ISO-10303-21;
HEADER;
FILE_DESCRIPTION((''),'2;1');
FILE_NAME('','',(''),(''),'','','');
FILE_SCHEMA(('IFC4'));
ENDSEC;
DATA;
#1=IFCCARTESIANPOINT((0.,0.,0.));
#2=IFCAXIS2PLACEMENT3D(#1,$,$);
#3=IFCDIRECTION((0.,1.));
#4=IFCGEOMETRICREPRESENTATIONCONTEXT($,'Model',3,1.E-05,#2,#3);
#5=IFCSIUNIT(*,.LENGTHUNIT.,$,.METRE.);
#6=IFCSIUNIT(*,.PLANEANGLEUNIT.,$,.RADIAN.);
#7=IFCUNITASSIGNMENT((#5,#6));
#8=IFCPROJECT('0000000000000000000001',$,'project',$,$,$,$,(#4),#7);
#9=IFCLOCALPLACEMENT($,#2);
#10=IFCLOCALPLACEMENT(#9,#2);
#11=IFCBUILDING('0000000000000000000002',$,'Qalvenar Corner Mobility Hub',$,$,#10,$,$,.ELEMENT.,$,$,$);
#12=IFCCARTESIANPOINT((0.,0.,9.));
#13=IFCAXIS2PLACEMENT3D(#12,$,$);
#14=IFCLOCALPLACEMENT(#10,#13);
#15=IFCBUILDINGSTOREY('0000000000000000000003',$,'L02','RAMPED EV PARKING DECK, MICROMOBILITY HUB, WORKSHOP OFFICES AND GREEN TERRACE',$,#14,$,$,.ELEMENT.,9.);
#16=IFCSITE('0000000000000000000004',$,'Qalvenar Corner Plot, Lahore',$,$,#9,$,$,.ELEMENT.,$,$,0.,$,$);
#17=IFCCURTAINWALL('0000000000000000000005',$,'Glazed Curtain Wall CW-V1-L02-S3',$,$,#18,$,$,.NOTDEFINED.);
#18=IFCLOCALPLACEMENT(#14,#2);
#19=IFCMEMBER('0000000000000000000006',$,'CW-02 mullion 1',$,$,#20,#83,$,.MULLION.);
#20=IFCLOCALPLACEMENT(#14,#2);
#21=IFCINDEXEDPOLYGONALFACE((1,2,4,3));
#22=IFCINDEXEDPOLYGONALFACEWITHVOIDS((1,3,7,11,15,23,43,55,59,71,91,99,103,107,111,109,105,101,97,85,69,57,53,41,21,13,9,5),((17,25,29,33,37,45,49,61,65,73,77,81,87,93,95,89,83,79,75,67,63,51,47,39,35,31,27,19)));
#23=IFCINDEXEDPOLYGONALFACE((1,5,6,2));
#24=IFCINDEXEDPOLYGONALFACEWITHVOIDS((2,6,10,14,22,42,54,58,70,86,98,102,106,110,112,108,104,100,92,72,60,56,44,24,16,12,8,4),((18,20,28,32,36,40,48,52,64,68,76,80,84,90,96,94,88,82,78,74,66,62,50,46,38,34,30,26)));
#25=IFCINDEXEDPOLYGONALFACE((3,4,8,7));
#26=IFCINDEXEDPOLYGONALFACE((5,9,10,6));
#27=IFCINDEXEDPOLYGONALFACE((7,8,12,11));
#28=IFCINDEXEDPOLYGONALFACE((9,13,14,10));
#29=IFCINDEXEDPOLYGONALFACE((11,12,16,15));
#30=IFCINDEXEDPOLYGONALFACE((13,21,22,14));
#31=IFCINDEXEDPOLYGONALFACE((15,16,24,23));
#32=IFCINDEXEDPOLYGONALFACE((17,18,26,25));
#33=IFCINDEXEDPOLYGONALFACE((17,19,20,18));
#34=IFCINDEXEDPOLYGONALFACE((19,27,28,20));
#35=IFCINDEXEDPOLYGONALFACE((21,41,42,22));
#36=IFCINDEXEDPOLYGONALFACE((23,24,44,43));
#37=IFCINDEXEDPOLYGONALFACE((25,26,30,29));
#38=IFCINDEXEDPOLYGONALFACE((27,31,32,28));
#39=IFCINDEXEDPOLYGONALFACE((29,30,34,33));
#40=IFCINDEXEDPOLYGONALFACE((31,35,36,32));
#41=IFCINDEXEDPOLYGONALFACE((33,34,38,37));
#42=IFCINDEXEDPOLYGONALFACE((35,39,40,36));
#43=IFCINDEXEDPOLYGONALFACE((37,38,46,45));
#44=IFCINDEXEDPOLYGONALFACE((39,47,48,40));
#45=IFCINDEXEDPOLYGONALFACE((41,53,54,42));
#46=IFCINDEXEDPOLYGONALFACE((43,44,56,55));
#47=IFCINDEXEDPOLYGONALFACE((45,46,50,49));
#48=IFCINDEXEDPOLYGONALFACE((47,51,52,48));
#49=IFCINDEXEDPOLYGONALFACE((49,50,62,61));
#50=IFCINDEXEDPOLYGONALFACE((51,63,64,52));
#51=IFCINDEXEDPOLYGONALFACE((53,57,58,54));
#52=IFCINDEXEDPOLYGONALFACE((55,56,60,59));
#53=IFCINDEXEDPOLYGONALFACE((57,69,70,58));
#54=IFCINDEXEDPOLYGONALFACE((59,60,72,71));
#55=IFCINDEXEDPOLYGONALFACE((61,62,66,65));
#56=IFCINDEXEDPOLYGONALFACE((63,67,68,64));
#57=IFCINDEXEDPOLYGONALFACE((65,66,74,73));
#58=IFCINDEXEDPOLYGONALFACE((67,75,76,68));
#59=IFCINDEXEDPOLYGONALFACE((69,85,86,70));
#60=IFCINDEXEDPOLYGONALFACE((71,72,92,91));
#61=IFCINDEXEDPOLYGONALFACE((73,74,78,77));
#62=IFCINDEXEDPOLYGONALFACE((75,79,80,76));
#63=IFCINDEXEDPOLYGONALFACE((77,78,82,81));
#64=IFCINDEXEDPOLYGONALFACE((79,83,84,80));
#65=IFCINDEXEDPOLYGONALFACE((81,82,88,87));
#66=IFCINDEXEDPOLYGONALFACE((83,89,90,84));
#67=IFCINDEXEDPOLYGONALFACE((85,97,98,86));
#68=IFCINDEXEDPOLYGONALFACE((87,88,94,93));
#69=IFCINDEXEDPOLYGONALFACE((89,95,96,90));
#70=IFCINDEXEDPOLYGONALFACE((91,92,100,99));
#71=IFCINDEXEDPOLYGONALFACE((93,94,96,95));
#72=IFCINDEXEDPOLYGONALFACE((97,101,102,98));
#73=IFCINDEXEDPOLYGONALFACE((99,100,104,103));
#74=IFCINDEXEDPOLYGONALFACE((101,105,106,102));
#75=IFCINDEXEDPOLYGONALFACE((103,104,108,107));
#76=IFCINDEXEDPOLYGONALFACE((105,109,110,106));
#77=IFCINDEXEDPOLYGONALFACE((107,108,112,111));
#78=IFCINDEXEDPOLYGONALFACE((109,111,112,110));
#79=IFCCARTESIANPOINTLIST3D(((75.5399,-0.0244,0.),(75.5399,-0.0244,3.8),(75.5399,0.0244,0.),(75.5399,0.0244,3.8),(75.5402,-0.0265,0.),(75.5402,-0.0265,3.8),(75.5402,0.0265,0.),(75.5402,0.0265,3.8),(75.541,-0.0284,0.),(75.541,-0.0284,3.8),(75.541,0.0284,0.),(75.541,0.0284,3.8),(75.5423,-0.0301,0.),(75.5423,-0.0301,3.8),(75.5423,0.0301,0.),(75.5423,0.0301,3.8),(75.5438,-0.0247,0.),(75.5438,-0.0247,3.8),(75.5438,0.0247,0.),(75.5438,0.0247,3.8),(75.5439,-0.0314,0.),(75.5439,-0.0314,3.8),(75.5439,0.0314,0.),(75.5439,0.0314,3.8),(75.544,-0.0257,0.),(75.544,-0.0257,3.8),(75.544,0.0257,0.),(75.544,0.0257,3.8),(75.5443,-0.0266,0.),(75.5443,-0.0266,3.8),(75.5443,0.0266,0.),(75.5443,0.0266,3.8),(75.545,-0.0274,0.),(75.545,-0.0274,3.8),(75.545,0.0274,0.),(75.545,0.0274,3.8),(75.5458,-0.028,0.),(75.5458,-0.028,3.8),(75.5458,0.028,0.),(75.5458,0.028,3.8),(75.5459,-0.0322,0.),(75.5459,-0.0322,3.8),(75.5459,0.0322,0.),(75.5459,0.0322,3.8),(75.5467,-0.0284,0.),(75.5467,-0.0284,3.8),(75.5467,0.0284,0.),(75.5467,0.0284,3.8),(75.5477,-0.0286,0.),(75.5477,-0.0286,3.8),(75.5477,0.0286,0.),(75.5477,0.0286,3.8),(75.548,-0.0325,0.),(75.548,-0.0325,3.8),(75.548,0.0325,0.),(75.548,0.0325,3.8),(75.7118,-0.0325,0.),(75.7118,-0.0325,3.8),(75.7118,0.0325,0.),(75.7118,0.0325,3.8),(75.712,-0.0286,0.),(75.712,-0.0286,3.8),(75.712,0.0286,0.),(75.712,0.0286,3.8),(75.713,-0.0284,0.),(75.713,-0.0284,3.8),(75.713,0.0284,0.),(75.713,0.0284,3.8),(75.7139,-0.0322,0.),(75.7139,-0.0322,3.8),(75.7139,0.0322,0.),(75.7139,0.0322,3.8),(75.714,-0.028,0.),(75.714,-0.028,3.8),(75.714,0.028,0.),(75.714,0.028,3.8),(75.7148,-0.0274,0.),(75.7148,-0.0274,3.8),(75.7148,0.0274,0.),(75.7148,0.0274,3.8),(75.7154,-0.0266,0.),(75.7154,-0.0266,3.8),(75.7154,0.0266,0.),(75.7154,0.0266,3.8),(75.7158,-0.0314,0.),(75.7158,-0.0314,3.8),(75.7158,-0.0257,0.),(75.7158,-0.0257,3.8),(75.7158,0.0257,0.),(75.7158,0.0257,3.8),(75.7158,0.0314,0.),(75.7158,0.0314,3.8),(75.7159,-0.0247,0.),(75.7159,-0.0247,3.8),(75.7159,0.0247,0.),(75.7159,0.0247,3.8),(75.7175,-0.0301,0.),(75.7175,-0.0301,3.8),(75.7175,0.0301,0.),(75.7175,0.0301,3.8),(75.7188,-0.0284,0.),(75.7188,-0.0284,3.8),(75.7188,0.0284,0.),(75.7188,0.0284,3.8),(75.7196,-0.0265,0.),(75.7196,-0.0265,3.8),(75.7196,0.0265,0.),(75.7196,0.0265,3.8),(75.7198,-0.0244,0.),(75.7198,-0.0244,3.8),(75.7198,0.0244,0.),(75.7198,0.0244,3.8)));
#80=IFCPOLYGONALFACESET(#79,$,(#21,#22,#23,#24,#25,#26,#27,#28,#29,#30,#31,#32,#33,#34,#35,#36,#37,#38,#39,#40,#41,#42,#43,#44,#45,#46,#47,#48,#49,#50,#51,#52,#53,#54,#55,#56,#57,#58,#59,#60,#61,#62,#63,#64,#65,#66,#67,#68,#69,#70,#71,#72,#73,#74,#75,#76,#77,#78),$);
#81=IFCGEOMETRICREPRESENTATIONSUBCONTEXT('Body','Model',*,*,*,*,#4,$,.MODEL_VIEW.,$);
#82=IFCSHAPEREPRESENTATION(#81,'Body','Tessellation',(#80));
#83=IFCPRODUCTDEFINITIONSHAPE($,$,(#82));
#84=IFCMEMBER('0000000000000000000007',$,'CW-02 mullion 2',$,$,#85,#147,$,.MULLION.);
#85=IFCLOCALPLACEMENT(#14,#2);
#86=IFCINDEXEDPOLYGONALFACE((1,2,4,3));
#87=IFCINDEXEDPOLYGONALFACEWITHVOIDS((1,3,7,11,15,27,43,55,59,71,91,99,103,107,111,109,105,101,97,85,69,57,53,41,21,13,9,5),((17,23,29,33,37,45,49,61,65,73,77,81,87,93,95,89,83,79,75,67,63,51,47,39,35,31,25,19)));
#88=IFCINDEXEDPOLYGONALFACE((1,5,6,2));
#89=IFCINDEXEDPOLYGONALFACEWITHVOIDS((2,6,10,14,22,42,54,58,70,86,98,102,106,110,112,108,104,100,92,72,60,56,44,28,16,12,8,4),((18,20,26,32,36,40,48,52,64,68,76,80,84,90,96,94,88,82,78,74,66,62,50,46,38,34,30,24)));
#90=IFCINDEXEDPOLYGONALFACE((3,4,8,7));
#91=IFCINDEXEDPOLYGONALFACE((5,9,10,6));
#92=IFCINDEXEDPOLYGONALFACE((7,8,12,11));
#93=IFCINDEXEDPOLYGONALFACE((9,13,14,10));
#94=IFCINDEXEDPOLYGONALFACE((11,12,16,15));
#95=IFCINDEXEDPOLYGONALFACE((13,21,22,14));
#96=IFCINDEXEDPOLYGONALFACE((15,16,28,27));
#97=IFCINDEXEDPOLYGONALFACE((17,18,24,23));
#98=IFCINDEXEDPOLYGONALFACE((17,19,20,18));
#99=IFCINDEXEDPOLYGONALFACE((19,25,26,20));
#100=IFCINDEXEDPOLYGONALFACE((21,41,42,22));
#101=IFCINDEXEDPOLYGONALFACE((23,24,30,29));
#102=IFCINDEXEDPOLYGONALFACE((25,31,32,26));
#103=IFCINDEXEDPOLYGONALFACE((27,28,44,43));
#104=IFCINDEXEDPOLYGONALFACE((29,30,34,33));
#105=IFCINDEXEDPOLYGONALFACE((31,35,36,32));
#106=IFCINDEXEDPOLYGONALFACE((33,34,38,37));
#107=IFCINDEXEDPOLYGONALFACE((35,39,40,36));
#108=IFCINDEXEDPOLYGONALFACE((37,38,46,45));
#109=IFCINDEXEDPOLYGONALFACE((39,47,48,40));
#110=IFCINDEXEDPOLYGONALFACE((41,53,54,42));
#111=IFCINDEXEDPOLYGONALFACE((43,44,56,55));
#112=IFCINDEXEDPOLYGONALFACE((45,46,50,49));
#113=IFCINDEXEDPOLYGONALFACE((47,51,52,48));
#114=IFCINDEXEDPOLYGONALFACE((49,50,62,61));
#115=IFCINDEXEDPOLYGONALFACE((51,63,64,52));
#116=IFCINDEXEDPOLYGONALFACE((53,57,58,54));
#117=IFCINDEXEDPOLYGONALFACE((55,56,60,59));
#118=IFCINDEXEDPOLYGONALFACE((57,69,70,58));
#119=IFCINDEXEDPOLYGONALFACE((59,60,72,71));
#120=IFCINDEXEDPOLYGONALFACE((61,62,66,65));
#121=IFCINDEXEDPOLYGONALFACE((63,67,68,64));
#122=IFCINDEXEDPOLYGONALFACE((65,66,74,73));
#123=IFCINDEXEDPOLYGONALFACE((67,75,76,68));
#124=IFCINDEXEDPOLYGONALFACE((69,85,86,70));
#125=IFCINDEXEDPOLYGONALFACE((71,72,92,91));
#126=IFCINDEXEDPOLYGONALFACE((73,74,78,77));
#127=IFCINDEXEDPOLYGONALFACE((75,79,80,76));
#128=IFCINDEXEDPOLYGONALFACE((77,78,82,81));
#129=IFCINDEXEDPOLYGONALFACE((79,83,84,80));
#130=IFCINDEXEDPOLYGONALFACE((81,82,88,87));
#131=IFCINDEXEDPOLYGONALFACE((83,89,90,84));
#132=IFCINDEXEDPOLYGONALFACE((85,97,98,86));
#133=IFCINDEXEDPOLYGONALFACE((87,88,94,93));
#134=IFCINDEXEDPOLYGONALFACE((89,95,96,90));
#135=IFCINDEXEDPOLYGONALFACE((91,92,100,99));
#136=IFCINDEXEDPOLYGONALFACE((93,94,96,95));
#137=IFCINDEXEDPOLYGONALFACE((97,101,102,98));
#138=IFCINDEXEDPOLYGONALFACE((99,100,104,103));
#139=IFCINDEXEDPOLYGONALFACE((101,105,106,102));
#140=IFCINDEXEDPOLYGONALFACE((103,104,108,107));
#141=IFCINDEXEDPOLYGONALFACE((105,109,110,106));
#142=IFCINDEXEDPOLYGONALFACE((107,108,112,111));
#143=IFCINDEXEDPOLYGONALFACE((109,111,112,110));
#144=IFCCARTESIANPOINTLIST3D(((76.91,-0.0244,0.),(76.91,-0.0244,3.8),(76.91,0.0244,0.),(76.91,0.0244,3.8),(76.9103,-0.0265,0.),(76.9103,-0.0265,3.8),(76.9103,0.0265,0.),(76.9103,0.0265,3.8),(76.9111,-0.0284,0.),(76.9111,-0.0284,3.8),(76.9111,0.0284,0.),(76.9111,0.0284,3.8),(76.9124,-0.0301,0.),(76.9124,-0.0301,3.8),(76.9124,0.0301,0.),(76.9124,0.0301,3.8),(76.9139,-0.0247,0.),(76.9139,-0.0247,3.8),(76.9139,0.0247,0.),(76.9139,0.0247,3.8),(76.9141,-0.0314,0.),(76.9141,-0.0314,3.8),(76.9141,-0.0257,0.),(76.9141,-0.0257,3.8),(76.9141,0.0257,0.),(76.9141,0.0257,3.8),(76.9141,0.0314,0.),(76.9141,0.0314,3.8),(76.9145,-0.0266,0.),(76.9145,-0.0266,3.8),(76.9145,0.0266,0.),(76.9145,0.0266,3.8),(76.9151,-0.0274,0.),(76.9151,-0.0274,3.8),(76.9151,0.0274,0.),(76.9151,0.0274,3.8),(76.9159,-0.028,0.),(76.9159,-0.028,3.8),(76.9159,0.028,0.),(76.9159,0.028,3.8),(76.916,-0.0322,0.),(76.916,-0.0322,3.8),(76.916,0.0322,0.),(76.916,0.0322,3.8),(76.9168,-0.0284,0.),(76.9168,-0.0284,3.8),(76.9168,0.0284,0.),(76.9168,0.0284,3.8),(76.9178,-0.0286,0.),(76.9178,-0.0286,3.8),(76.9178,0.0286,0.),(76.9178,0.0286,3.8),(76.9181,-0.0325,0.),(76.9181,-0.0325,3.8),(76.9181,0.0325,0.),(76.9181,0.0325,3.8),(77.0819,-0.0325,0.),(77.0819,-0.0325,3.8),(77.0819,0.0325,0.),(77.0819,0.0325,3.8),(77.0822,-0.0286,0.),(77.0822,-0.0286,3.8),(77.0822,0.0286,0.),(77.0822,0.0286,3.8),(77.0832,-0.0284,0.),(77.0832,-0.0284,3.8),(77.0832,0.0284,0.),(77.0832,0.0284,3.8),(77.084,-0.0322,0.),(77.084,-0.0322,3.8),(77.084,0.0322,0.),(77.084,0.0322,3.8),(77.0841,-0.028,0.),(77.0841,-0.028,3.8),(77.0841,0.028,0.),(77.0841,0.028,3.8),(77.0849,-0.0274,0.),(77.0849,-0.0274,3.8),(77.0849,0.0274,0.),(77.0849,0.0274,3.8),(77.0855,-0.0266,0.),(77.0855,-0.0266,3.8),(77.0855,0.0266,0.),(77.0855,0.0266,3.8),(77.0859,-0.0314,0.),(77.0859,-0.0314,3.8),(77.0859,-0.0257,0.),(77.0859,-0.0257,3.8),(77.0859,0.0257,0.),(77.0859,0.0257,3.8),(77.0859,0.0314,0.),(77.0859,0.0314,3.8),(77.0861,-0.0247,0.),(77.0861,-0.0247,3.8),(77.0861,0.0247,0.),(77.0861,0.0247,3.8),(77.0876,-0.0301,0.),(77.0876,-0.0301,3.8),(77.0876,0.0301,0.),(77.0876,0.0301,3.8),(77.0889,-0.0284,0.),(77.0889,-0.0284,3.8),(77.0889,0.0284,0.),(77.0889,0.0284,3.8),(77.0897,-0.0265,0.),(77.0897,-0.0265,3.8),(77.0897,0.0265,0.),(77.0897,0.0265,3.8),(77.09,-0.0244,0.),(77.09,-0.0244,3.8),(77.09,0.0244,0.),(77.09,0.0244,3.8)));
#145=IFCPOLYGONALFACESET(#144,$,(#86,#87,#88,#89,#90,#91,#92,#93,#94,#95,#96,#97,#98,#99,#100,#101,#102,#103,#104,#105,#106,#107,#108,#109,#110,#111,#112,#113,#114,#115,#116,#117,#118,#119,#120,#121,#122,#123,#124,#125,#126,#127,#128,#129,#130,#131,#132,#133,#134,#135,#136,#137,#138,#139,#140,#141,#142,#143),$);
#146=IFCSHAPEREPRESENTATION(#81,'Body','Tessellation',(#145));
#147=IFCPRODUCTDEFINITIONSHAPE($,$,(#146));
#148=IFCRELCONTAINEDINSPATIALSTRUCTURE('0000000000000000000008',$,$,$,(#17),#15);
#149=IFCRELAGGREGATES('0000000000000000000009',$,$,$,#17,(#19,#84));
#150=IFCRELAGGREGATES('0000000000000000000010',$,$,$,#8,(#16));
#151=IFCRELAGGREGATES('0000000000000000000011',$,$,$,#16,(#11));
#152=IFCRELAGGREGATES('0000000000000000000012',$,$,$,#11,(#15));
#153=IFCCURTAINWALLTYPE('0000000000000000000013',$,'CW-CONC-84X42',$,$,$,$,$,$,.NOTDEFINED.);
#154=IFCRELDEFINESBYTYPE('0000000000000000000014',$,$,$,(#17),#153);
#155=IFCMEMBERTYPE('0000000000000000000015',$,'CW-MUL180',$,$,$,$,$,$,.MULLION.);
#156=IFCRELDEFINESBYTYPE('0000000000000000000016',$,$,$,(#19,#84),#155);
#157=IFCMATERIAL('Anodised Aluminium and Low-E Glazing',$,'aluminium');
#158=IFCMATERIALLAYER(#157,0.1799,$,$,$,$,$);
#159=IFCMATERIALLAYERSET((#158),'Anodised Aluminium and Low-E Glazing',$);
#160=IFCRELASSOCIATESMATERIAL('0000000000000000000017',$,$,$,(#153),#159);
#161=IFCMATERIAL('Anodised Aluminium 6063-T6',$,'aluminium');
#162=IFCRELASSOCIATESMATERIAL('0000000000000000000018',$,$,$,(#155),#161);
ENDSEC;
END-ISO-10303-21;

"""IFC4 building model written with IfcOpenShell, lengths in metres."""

from ifc_helpers import new_model, si_unit, direction, frame, origin, origin_2d, place, context, subcontext, project, spatial, hollow_rectangle, extrude, material, layer, layer_set, material_profile, profile_set, type_object, element, aggregate, save


model = new_model("IFC4")

# Units and contexts
model_context = context("Model", 3, precision=1e-05, world=origin(), true_north=direction((0.0, 1.0)))
body_context = subcontext(model_context, "Body", "Model", "MODEL_VIEW")
ifc_project = project(units=[si_unit("LENGTHUNIT", "METRE"), si_unit("PLANEANGLEUNIT", "RADIAN")], contexts=[model_context])

# Site, building, storey
site_placement = place(None, origin())
site = spatial("IfcSite", under=ifc_project, at=site_placement, Name="Qalvenar Corner Plot, Lahore", CompositionType="ELEMENT", RefElevation=0.0)
building_placement = place(site_placement, origin())
building = spatial("IfcBuilding", under=site, at=building_placement, Name="Qalvenar Corner Mobility Hub", CompositionType="ELEMENT")
storey_placement = place(building_placement, frame((0.0, 0.0, 9.0)))
storey = spatial("IfcBuildingStorey", under=building, at=storey_placement, Name="L02", Description="RAMPED EV PARKING DECK, MICROMOBILITY HUB, WORKSHOP OFFICES AND GREEN TERRACE", CompositionType="ELEMENT", Elevation=9.0)

# Curtain wall, members
ifc_material_1 = material(Name="Anodised Aluminium and Low-E Glazing", Category="aluminium")
ifc_layer_1 = layer(ifc_material_1, 0.1799)
ifc_layer_set_1 = layer_set([ifc_layer_1], Name="Anodised Aluminium and Low-E Glazing")
curtain_wall_type = type_object("IfcCurtainWallType", Name="CW-CONC-84X42", PredefinedType="NOTDEFINED", material=ifc_layer_set_1)
curtain_wall_placement = place(storey_placement, origin())
curtain_wall = element("IfcCurtainWall", 1, at=curtain_wall_placement, inside=storey, type_object=curtain_wall_type, Name="Glazed Curtain Wall CW-V1-L02-S3", PredefinedType="NOTDEFINED")
ifc_material_2 = material(Name="Anodised Aluminium 6063-T6", Category="aluminium")
ifc_material_profile_1 = material_profile(ifc_material_2, hollow_rectangle(XDim=0.0649, YDim=0.1799, WallThickness=0.0039, InnerFilletRadius=0.0039, OuterFilletRadius=0.0081, at=origin_2d()), Name="RHS180x65x4")
ifc_profile_set_1 = profile_set([ifc_material_profile_1], Name="Anodised Aluminium 6063-T6")
member_type_1 = type_object("IfcMemberType", Name="CW-MUL180", PredefinedType="MULLION", material=ifc_profile_set_1)
member_1_placement = place(storey_placement, frame((75.6299, 0.0, 0.0), z_axis=(0.0, 0.0, 1.0), x_axis=(0.0, 1.0, 0.0)))
member_1 = element("IfcMember", 2, at=member_1_placement, type_object=member_type_1, Name="CW-02 mullion 1", PredefinedType="MULLION", context=body_context, shape_type="SweptSolid", body=[
    extrude(hollow_rectangle(XDim=0.0649, YDim=0.1799, WallThickness=0.0039, InnerFilletRadius=0.0039, OuterFilletRadius=0.0081, at=origin_2d()), origin(), (0.0, 0.0, 1.0), 3.8),
])
member_2_placement = place(storey_placement, frame((77.0, 0.0, 0.0), z_axis=(0.0, 0.0, 1.0), x_axis=(0.0, 1.0, 0.0)))
member_2 = element("IfcMember", 3, at=member_2_placement, type_object=member_type_1, Name="CW-02 mullion 2", PredefinedType="MULLION", context=body_context, shape_type="SweptSolid", body=[
    extrude(hollow_rectangle(XDim=0.0649, YDim=0.1799, WallThickness=0.0039, InnerFilletRadius=0.0039, OuterFilletRadius=0.0081, at=origin_2d()), origin(), (0.0, 0.0, 1.0), 3.8),
])
aggregate(curtain_wall, [member_1, member_2])

save(model, "model.ifc")
